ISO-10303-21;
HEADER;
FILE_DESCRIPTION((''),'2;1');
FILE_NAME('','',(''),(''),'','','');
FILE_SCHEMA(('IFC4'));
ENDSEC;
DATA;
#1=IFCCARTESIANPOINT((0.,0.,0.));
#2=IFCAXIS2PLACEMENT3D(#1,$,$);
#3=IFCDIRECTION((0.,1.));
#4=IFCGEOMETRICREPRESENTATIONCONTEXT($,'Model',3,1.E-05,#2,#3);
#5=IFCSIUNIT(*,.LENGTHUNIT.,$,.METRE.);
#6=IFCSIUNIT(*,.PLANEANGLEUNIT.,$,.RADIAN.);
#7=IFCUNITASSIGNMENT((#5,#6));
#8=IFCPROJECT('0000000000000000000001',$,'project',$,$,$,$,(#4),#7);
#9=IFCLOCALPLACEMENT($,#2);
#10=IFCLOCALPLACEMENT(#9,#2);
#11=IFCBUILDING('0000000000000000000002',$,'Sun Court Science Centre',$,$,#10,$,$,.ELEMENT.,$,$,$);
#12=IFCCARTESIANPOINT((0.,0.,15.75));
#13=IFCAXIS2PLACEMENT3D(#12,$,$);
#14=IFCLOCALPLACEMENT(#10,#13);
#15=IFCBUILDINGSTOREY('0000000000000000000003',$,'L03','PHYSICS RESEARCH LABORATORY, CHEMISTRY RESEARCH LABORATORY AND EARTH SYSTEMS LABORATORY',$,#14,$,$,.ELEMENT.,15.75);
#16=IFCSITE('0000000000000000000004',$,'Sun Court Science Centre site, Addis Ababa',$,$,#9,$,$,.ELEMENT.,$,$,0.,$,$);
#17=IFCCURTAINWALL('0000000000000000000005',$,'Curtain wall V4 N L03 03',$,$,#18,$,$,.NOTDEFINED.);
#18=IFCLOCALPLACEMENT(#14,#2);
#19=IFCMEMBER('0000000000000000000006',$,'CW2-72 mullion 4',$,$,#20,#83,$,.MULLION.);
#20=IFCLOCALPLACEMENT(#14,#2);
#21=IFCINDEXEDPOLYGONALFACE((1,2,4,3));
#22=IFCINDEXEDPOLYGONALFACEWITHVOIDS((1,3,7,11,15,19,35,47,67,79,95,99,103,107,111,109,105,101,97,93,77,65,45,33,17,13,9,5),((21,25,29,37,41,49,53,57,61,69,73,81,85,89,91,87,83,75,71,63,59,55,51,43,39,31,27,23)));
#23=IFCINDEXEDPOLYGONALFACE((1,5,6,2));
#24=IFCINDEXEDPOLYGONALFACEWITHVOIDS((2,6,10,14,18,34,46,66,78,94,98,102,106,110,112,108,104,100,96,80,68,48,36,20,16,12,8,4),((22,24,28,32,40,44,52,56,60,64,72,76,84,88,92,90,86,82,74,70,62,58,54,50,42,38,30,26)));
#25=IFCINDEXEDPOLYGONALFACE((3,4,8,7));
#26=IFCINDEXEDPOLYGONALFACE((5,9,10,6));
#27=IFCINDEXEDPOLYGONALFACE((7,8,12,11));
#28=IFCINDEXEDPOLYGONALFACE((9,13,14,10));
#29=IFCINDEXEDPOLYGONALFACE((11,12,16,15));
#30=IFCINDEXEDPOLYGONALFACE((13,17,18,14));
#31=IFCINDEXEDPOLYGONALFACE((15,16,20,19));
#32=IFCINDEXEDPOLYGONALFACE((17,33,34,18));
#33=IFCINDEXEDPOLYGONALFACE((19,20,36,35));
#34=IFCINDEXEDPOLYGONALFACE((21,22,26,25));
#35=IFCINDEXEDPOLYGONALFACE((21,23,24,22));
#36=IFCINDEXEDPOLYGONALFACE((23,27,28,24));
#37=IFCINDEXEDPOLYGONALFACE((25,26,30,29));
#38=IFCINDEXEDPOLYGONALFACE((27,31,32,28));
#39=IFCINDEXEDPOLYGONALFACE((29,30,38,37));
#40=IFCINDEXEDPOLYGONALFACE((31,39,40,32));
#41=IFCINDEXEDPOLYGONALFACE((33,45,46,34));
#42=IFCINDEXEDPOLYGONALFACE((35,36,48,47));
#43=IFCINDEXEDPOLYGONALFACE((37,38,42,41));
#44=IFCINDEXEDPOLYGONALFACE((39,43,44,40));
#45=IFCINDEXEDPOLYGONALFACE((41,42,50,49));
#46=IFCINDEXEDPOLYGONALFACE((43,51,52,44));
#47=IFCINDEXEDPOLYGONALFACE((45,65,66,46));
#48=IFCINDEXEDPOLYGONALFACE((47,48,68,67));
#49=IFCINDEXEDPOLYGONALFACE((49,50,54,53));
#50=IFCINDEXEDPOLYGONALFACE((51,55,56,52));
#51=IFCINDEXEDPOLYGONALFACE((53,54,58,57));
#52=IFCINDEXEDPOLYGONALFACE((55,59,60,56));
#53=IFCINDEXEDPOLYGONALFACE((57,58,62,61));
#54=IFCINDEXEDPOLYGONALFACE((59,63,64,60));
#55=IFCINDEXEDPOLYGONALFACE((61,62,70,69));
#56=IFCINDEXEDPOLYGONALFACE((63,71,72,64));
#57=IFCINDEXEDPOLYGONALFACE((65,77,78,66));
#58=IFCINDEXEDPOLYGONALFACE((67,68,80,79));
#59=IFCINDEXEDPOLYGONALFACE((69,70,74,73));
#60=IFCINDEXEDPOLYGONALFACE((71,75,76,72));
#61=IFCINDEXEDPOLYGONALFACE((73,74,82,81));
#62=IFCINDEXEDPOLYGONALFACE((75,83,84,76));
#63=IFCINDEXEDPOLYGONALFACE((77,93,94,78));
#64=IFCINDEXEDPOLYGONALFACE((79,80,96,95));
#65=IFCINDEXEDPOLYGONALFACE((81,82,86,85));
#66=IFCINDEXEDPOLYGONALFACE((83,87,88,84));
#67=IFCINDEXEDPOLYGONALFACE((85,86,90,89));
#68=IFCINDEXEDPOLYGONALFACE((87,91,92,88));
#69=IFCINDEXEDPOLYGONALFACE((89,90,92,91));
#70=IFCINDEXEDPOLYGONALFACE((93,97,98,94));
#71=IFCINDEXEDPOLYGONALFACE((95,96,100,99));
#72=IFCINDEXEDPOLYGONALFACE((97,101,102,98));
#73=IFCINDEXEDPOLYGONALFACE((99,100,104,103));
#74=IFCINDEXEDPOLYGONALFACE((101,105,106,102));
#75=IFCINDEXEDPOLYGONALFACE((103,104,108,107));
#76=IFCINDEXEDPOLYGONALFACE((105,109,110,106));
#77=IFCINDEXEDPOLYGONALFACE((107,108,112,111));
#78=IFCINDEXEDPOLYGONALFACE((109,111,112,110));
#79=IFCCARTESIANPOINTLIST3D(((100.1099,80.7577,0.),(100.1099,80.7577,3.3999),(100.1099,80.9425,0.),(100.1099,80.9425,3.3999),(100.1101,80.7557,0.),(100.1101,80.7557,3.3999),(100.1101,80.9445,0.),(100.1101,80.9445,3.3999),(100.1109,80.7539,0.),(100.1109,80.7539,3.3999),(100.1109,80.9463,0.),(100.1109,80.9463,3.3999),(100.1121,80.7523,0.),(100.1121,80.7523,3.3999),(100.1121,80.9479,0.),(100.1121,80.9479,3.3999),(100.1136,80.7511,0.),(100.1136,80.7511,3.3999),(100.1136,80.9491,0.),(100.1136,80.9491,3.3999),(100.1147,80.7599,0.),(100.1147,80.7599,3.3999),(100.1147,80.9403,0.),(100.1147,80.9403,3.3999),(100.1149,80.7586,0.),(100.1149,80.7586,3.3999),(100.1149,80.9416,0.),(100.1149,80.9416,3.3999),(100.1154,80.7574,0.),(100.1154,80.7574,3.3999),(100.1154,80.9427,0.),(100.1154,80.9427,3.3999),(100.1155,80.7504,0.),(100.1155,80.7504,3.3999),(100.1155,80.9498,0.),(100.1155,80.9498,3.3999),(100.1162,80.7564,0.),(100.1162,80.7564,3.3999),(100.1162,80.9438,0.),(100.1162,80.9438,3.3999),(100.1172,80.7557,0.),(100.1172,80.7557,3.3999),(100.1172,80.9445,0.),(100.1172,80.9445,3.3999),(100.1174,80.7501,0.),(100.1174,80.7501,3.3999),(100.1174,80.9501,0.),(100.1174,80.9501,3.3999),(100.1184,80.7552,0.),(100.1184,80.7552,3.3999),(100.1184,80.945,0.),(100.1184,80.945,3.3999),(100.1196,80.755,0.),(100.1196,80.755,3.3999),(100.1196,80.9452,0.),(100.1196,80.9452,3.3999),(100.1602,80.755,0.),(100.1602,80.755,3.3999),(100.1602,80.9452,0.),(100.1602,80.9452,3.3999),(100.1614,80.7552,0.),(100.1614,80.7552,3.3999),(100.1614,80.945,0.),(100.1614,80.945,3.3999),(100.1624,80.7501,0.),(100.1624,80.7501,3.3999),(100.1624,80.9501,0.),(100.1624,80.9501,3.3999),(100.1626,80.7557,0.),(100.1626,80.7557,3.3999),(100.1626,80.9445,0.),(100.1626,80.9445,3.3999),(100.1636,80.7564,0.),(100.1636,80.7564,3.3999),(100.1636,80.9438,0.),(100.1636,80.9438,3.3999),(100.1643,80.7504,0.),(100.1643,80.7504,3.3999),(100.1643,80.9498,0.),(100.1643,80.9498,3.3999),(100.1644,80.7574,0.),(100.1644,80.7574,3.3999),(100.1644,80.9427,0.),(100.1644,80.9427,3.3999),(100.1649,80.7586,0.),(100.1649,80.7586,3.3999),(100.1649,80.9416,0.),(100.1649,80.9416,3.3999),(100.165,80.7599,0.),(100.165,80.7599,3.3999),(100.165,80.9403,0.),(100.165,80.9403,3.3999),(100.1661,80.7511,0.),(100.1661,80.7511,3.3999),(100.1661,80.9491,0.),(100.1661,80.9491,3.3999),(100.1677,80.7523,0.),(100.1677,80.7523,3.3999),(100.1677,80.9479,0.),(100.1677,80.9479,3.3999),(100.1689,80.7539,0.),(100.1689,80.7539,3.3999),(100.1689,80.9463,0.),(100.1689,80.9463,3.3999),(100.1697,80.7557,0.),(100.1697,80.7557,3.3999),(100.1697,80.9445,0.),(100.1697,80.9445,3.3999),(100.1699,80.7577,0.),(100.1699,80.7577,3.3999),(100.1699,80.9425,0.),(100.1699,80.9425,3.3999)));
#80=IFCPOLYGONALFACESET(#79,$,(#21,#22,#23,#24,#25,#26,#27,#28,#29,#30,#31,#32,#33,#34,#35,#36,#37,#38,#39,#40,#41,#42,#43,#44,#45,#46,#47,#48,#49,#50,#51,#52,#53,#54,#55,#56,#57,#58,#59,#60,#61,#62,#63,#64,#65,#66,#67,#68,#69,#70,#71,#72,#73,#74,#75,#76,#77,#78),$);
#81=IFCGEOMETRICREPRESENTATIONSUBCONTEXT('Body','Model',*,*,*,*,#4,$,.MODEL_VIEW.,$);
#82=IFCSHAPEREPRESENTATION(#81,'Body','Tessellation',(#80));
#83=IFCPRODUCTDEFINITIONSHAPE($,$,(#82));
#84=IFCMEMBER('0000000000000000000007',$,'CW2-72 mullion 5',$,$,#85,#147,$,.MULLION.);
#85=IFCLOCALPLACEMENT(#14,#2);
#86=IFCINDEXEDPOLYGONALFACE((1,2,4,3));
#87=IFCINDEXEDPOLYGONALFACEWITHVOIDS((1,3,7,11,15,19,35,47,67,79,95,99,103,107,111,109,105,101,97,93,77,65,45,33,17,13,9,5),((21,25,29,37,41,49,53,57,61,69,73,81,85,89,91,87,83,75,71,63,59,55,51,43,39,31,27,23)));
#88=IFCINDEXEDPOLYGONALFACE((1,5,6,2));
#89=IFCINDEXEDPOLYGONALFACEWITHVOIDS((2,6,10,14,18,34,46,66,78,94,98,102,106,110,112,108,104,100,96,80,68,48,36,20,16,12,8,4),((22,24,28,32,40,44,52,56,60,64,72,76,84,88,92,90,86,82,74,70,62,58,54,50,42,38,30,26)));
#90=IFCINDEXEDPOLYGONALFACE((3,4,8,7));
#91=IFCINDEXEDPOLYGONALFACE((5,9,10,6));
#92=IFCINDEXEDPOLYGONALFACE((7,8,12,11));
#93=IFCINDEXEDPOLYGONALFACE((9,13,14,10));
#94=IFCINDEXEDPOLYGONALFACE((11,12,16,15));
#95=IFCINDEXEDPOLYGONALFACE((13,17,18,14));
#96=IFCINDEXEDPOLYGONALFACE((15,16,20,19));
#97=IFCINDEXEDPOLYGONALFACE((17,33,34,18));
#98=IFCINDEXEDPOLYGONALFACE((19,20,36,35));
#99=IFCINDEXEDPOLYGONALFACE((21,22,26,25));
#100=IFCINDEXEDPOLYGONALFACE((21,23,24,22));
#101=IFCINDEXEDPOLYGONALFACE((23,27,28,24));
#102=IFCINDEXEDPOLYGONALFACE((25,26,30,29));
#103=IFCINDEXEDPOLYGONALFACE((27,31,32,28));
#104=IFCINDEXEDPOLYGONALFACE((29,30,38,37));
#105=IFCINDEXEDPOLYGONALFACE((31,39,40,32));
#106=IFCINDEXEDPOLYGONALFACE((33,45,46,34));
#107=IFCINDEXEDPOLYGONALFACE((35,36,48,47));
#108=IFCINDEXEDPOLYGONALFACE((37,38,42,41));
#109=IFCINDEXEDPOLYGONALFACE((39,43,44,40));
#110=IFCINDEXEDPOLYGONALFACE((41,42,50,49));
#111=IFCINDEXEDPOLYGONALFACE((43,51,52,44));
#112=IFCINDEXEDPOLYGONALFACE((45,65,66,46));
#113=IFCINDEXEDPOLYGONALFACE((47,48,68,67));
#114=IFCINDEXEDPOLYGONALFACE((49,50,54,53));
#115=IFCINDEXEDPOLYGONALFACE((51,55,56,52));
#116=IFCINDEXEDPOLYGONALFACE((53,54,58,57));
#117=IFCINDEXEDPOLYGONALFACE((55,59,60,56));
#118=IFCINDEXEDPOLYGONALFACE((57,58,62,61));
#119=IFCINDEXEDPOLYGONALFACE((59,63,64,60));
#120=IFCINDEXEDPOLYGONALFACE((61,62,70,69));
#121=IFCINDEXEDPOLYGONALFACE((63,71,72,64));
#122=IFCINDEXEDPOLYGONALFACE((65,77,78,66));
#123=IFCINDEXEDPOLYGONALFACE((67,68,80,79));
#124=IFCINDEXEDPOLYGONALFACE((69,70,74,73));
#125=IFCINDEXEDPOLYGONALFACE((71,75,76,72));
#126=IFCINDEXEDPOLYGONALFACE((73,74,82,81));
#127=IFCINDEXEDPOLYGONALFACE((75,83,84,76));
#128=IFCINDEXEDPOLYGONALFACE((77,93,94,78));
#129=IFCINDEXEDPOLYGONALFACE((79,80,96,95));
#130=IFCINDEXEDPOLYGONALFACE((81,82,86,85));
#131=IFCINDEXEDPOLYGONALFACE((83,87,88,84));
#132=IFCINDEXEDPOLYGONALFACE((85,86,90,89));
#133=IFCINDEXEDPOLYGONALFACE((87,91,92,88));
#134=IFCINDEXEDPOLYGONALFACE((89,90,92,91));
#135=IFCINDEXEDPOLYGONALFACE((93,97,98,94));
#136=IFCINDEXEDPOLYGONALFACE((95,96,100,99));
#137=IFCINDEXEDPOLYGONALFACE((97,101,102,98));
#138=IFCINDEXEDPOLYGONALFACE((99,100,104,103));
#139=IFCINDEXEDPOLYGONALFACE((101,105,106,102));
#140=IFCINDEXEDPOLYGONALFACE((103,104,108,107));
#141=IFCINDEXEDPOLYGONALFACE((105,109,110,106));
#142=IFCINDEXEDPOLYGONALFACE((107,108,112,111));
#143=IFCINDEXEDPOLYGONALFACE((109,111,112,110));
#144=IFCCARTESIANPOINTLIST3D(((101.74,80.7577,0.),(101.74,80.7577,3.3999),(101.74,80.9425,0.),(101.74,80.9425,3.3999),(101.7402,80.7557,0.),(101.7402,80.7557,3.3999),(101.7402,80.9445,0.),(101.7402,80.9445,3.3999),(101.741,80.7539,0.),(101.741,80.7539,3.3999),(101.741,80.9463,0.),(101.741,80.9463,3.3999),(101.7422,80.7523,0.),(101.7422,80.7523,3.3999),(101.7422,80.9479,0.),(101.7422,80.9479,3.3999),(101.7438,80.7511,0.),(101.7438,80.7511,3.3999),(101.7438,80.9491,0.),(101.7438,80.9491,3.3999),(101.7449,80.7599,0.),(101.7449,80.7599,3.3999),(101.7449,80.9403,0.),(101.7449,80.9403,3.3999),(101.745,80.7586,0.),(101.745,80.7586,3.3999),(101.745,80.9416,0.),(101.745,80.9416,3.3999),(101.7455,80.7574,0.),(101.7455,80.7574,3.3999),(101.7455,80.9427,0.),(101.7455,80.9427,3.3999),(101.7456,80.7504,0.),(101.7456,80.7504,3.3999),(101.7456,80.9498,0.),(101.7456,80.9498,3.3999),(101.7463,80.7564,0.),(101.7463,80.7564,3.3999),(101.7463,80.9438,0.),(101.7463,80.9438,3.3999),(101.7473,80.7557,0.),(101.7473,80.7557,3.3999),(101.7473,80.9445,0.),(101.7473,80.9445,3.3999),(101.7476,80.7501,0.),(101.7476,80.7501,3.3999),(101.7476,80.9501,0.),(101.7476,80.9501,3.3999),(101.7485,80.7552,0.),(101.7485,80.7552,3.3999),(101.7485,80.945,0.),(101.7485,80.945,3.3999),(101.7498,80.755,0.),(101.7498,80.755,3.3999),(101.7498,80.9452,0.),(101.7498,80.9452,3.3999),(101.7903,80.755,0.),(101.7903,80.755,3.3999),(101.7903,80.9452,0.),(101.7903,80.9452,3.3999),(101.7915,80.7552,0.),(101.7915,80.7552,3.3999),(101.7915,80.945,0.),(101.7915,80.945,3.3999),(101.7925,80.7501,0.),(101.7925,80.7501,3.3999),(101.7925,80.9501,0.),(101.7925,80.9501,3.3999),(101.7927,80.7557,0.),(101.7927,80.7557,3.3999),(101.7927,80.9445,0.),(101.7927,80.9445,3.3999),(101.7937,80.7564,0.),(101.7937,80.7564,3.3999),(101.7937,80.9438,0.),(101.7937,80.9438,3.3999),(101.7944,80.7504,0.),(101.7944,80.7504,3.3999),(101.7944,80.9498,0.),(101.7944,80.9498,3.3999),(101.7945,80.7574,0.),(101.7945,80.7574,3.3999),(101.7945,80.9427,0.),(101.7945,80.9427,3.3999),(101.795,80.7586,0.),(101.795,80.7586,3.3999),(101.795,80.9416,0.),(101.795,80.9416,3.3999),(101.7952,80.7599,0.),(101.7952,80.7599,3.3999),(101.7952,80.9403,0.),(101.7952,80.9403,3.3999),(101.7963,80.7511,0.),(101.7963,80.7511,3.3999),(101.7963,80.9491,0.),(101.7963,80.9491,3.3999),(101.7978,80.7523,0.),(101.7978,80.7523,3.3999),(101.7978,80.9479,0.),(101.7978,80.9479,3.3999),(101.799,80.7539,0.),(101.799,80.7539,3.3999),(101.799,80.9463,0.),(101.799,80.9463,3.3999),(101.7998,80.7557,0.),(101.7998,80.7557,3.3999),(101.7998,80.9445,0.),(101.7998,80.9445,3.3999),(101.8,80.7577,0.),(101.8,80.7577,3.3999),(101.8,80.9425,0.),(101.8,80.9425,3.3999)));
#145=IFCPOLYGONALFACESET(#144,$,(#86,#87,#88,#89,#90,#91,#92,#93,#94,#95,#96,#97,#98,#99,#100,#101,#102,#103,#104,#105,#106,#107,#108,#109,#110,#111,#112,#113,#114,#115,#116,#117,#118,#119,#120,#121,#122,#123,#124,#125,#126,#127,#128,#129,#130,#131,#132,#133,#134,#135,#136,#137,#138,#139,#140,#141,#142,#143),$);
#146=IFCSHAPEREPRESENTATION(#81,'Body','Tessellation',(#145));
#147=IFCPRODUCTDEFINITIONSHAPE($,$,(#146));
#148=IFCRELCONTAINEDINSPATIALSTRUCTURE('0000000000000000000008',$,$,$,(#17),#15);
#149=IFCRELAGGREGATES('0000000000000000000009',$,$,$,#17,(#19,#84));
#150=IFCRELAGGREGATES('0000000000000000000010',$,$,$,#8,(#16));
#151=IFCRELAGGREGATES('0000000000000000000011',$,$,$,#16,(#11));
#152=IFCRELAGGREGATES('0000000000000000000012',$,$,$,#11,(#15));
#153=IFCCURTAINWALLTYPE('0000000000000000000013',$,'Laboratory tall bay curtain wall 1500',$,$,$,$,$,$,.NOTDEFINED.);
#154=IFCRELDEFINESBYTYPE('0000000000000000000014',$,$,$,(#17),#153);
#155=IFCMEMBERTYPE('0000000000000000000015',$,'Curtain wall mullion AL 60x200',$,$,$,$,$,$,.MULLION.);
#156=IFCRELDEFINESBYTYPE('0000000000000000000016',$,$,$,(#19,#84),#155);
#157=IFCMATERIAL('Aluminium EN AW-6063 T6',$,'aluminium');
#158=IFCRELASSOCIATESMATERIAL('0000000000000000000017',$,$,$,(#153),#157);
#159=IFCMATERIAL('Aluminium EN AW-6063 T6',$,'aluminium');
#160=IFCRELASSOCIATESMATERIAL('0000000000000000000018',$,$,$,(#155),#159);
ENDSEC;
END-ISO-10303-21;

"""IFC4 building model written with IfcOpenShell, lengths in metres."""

from ifc_helpers import new_model, si_unit, direction, frame, origin, origin_2d, place, context, subcontext, project, spatial, hollow_rectangle, extrude, material, material_profile, profile_set, type_object, element, aggregate, save


model = new_model("IFC4")

# Units and contexts
model_context = context("Model", 3, precision=1e-05, world=origin(), true_north=direction((0.0, 1.0)))
body_context = subcontext(model_context, "Body", "Model", "MODEL_VIEW")
ifc_project = project(units=[si_unit("LENGTHUNIT", "METRE"), si_unit("PLANEANGLEUNIT", "RADIAN")], contexts=[model_context])

# Site, building, storey
site_placement = place(None, origin())
site = spatial("IfcSite", under=ifc_project, at=site_placement, Name="Sun Court Science Centre site, Addis Ababa", CompositionType="ELEMENT", RefElevation=0.0)
building_placement = place(site_placement, origin())
building = spatial("IfcBuilding", under=site, at=building_placement, Name="Sun Court Science Centre", CompositionType="ELEMENT")
storey_placement = place(building_placement, frame((0.0, 0.0, 15.75)))
storey = spatial("IfcBuildingStorey", under=building, at=storey_placement, Name="L03", Description="PHYSICS RESEARCH LABORATORY, CHEMISTRY RESEARCH LABORATORY AND EARTH SYSTEMS LABORATORY", CompositionType="ELEMENT", Elevation=15.75)

# Shared definitions
ifc_material_1 = material(Name="Aluminium EN AW-6063 T6", Category="aluminium")
curtain_wall_type = type_object("IfcCurtainWallType", Name="Laboratory tall bay curtain wall 1500", PredefinedType="NOTDEFINED", material=ifc_material_1)
ifc_material_2 = material(Name="Aluminium EN AW-6063 T6", Category="aluminium")
ifc_material_profile_1 = material_profile(ifc_material_2, hollow_rectangle(XDim=0.0601, YDim=0.2, WallThickness=0.0049, InnerFilletRadius=0.0049, OuterFilletRadius=0.0076, at=origin_2d()), Name="AL 60x200x5")
ifc_profile_set_1 = profile_set([ifc_material_profile_1], Name="Aluminium EN AW-6063 T6")
member_type_1 = type_object("IfcMemberType", Name="Curtain wall mullion AL 60x200", PredefinedType="MULLION", material=ifc_profile_set_1)

# Curtain wall, members
curtain_wall_1_placement = place(storey_placement, origin())
curtain_wall_1 = element("IfcCurtainWall", 1, at=curtain_wall_1_placement, inside=storey, type_object=curtain_wall_type, Name="Curtain wall V4 N L03 03", PredefinedType="NOTDEFINED")
member_1_placement = place(storey_placement, frame((100.1399, 80.8501, 0.0), z_axis=(0.0, 0.0, 1.0), x_axis=(1.0, 0.0, 0.0)))
member_1 = element("IfcMember", 2, at=member_1_placement, type_object=member_type_1, Name="CW2-72 mullion 4", PredefinedType="MULLION", context=body_context, shape_type="SweptSolid", body=[
    extrude(hollow_rectangle(XDim=0.0601, YDim=0.2, WallThickness=0.0049, InnerFilletRadius=0.0049, OuterFilletRadius=0.0076, at=origin_2d()), origin(), (0.0, 0.0, 1.0), 3.3999),
])
member_2_placement = place(storey_placement, frame((101.77, 80.8501, 0.0), z_axis=(0.0, 0.0, 1.0), x_axis=(1.0, 0.0, 0.0)))
member_2 = element("IfcMember", 3, at=member_2_placement, type_object=member_type_1, Name="CW2-72 mullion 5", PredefinedType="MULLION", context=body_context, shape_type="SweptSolid", body=[
    extrude(hollow_rectangle(XDim=0.0601, YDim=0.2, WallThickness=0.0049, InnerFilletRadius=0.0049, OuterFilletRadius=0.0076, at=origin_2d()), origin(), (0.0, 0.0, 1.0), 3.3999),
])

aggregate(curtain_wall_1, [member_1, member_2])

save(model, "model.ifc")
